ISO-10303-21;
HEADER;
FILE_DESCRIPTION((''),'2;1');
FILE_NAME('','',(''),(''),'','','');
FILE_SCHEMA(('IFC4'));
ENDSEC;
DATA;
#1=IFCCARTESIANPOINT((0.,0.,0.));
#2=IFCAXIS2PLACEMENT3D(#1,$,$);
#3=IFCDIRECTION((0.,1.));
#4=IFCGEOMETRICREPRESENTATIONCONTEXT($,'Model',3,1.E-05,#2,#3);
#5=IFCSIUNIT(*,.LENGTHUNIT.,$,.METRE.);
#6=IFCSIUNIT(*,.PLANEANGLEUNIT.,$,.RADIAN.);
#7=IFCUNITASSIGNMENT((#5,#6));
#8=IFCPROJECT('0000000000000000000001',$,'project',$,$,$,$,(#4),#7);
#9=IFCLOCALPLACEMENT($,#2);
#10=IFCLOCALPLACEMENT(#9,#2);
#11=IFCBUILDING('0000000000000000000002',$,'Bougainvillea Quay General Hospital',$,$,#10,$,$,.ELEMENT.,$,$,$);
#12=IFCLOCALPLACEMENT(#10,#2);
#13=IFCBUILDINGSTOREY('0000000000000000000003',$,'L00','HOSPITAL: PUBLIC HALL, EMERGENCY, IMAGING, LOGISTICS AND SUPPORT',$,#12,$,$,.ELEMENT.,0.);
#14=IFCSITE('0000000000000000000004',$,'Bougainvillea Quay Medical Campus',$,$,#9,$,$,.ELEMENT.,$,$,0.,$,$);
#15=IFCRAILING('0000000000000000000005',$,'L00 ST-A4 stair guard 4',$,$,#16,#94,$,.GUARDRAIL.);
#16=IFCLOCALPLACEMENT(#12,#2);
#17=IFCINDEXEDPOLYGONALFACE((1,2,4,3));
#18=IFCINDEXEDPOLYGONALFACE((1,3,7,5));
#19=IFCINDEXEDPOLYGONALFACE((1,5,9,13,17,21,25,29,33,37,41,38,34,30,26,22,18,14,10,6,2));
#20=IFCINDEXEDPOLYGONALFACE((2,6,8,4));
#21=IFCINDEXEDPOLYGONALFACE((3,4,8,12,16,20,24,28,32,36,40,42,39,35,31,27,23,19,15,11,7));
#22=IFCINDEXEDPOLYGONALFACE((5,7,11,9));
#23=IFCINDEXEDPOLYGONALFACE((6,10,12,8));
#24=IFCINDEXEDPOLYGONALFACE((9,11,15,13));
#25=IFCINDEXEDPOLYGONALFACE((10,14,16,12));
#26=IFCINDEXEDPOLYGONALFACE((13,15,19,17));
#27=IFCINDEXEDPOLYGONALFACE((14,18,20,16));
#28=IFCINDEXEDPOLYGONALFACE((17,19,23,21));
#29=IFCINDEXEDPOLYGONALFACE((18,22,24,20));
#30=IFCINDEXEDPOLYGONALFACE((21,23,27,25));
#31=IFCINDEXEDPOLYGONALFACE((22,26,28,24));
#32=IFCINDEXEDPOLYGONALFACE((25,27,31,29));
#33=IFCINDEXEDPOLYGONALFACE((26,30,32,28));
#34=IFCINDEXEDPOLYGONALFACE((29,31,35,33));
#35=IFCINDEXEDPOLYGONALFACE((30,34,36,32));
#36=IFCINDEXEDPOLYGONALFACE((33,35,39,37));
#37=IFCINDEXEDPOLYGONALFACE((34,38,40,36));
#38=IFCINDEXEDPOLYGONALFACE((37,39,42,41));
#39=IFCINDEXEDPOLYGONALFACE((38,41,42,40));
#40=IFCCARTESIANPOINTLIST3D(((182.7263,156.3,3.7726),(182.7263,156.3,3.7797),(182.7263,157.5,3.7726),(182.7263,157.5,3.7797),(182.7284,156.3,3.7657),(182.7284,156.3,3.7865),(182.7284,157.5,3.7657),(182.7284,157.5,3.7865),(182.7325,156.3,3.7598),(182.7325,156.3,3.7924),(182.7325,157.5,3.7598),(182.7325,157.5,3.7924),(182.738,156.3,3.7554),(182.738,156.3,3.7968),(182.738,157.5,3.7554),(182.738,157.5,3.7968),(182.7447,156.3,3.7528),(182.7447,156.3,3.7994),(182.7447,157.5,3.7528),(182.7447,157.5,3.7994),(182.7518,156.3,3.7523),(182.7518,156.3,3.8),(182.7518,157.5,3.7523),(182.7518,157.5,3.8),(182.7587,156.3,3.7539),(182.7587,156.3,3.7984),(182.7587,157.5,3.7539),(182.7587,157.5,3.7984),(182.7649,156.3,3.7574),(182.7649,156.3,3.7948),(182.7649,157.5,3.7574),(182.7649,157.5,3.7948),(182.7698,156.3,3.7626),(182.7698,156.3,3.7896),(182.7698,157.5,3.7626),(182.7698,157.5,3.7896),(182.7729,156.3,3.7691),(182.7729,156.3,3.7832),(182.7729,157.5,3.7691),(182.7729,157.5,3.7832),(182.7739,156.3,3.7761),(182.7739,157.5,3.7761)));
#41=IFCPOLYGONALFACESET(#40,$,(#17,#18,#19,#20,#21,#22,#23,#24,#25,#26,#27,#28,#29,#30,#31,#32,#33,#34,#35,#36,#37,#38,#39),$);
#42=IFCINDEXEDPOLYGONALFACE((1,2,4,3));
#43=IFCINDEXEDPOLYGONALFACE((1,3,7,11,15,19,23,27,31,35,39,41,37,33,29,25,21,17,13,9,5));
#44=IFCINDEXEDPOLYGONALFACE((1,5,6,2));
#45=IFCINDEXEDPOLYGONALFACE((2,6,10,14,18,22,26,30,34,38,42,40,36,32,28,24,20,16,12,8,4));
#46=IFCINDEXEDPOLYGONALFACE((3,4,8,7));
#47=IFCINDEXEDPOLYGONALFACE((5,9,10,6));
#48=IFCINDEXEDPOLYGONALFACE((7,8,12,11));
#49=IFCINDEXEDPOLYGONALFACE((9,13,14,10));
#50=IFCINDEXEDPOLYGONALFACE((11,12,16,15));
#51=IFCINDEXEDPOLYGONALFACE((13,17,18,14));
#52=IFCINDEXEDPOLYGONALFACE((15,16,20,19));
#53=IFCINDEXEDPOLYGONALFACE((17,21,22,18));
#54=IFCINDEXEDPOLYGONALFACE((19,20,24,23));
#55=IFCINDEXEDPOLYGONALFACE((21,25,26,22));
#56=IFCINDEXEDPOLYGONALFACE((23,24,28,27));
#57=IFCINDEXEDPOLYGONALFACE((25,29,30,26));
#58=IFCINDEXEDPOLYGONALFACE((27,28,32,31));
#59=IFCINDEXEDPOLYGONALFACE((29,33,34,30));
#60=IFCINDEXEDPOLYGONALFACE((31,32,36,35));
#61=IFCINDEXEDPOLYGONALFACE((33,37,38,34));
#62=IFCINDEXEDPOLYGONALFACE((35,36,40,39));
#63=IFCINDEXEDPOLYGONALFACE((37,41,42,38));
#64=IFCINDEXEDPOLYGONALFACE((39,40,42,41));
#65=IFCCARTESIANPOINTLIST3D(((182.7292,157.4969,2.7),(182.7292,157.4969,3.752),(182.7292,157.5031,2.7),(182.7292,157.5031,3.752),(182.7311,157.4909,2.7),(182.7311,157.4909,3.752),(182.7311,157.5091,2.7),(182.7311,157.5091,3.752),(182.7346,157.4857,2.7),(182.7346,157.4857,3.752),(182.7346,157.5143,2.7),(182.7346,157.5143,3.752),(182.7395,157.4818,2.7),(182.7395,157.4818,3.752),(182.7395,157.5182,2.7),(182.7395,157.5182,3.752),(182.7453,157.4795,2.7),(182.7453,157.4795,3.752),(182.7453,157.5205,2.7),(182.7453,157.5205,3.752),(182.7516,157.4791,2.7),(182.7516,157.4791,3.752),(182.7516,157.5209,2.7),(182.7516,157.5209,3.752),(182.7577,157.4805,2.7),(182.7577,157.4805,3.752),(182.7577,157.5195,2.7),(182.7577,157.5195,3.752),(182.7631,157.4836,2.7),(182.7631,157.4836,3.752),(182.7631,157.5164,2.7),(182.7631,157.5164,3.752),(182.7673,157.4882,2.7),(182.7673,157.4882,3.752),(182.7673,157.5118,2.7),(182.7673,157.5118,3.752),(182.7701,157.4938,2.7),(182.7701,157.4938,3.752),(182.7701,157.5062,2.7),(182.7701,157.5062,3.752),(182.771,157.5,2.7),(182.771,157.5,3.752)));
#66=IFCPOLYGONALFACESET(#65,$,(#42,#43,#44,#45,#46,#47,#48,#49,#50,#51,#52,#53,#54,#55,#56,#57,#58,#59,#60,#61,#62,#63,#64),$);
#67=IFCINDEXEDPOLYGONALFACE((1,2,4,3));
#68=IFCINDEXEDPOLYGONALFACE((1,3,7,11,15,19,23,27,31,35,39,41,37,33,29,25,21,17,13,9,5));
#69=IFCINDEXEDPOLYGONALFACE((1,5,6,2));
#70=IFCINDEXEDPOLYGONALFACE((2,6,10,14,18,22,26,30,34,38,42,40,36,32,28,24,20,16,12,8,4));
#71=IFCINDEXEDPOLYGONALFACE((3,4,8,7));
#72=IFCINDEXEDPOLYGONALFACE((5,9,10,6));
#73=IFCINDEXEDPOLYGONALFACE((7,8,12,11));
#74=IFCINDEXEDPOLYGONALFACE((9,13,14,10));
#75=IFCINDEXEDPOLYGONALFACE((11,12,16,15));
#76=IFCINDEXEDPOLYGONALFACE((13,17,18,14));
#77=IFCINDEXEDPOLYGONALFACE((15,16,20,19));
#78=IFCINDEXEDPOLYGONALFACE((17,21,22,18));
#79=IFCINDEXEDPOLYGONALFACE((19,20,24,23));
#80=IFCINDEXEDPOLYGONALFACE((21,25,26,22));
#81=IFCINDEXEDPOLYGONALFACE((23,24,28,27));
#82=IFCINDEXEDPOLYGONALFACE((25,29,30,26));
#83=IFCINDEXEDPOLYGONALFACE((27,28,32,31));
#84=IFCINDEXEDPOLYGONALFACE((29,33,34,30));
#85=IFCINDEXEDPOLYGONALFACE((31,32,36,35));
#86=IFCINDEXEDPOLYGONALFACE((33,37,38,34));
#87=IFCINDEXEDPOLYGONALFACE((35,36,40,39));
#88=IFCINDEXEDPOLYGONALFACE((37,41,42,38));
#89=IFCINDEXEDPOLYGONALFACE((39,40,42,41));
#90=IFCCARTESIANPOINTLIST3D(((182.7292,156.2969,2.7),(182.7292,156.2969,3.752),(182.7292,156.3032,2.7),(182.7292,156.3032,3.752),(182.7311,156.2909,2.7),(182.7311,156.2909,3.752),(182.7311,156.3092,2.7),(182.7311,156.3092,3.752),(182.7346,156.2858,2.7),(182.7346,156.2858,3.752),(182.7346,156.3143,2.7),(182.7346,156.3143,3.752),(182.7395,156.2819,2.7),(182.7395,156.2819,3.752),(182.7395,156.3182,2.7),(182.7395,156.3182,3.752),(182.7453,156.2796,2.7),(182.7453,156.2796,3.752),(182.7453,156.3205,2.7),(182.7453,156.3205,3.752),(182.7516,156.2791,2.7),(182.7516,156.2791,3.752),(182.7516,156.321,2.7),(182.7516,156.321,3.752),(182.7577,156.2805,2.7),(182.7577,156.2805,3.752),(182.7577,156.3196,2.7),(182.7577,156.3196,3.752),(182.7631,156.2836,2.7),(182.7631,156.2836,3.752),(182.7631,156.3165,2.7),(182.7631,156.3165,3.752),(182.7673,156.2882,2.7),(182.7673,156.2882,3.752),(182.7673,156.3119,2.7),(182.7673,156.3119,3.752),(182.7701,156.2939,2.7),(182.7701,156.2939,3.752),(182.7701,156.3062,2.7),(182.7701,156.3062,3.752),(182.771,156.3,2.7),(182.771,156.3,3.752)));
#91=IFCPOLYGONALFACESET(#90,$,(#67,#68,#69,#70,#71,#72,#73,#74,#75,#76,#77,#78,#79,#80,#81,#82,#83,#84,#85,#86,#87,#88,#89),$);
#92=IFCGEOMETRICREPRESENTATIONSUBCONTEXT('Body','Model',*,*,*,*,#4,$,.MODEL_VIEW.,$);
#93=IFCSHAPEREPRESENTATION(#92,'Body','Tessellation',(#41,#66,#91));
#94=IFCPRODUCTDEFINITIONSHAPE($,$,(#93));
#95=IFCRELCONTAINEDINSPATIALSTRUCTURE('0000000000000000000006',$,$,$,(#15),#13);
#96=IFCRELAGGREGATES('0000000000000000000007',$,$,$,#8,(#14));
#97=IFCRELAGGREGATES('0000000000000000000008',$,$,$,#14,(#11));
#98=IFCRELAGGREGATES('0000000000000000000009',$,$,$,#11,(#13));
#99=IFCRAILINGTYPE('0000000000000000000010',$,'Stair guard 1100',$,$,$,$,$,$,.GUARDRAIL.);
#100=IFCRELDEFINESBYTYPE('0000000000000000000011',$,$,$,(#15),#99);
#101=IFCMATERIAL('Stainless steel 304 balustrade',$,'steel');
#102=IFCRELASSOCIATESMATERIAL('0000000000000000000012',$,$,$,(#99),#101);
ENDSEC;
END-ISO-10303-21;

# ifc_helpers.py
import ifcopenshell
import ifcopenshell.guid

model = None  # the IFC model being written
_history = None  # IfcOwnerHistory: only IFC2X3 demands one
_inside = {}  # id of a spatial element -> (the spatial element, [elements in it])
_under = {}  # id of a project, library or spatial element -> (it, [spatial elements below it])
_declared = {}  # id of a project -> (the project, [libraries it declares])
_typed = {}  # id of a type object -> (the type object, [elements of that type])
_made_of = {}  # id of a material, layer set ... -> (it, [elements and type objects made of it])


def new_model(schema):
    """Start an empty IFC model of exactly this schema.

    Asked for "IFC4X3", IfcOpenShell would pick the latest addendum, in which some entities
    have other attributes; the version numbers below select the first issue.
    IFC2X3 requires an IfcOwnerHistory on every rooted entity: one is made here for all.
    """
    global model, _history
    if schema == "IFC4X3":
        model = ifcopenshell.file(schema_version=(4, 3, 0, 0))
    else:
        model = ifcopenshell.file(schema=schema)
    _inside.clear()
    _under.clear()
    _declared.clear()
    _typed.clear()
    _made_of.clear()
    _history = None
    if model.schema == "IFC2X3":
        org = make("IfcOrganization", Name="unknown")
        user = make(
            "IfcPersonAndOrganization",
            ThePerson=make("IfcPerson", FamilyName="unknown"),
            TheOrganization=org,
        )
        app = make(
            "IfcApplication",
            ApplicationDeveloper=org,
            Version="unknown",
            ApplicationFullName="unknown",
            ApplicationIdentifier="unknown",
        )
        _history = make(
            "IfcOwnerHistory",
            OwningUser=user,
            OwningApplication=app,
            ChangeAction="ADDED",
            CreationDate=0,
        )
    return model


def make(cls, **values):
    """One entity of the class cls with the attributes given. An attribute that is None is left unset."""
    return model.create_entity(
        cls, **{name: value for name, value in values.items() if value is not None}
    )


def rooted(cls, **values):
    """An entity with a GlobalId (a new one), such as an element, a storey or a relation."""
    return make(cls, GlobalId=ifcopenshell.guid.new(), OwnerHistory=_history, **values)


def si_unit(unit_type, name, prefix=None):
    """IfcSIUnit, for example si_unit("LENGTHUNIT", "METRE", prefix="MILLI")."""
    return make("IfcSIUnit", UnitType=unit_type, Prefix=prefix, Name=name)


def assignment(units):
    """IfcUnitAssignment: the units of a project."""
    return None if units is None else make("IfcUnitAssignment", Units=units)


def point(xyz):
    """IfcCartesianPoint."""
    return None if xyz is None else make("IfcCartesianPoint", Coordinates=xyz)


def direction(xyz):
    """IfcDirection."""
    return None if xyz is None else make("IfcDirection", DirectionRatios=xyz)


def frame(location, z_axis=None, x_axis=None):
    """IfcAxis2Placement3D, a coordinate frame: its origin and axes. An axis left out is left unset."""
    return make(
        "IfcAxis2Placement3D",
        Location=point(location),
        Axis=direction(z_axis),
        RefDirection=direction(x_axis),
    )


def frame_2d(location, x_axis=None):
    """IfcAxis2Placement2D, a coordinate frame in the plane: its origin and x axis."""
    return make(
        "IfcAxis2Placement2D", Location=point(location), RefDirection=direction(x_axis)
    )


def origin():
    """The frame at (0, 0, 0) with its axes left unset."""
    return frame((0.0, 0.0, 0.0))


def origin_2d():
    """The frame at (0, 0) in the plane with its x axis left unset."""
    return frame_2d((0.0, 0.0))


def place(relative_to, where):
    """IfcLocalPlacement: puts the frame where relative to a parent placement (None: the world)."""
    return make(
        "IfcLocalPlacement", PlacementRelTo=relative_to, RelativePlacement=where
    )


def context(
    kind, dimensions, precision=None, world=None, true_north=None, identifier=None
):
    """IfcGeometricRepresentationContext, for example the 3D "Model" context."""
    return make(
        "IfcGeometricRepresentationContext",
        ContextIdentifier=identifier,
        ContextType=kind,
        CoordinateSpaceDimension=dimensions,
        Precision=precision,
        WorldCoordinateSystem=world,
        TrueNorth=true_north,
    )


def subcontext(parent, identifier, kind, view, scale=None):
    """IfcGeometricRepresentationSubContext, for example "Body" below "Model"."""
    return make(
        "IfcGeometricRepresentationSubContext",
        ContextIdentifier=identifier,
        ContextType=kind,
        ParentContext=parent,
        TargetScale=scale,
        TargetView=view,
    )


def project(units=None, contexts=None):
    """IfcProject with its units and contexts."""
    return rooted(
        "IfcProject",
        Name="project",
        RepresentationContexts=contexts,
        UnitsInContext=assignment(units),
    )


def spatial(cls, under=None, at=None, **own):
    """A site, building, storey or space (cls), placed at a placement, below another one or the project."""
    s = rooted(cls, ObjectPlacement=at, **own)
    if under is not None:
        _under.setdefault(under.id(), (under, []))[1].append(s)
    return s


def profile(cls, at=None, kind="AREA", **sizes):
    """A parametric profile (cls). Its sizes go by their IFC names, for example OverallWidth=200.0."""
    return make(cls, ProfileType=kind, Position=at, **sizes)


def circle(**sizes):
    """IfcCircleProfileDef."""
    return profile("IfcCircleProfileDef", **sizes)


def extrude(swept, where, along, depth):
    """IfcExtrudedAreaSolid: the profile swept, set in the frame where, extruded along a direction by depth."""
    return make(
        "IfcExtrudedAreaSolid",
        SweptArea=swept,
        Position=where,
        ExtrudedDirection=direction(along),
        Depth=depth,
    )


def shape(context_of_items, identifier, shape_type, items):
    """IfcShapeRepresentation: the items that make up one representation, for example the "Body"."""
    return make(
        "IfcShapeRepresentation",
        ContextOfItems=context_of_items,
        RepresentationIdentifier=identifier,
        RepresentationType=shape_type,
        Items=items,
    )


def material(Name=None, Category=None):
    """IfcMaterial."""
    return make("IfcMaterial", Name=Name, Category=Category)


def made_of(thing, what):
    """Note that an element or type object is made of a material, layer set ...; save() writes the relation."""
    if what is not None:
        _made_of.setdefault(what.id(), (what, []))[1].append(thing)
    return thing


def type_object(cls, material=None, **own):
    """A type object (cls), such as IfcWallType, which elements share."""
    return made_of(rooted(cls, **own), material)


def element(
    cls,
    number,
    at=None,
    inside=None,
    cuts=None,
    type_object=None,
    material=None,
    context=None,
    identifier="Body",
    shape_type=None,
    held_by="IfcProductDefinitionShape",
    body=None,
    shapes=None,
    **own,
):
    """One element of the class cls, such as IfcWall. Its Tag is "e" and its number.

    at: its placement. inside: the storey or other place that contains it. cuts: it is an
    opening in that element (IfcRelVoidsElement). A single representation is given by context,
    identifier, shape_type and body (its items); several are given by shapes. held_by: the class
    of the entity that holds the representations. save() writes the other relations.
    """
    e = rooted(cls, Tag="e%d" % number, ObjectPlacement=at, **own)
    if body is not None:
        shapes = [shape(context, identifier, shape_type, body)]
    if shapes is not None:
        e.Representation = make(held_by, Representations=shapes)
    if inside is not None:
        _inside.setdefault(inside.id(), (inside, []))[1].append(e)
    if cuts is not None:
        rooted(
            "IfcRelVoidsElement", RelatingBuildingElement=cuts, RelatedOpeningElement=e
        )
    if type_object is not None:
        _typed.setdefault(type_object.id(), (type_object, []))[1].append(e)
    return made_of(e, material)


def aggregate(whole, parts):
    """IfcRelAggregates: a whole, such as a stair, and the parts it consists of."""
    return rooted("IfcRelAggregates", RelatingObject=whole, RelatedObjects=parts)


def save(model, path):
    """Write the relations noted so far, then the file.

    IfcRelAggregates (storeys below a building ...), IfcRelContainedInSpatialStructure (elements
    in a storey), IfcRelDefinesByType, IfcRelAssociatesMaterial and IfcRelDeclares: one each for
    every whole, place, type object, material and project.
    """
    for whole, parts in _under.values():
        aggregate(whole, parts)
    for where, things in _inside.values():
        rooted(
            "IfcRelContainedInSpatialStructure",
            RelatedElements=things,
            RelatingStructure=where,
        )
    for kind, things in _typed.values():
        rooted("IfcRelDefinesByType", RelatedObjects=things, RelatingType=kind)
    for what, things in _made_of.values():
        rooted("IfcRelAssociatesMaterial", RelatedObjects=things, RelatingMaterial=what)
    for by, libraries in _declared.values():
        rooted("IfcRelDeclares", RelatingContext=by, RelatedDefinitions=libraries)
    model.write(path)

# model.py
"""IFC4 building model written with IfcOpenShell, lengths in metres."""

from ifc_helpers import new_model, si_unit, direction, frame, origin, origin_2d, place, context, subcontext, project, spatial, circle, extrude, material, type_object, element, save


model = new_model("IFC4")

# Units and contexts
model_context = context("Model", 3, precision=1e-05, world=origin(), true_north=direction((0.0, 1.0)))
body_context = subcontext(model_context, "Body", "Model", "MODEL_VIEW")
ifc_project = project(units=[si_unit("LENGTHUNIT", "METRE"), si_unit("PLANEANGLEUNIT", "RADIAN")], contexts=[model_context])

# Site, building, storey
site_placement = place(None, origin())
site = spatial("IfcSite", under=ifc_project, at=site_placement, Name="Bougainvillea Quay Medical Campus", CompositionType="ELEMENT", RefElevation=0.0)
building_placement = place(site_placement, origin())
building = spatial("IfcBuilding", under=site, at=building_placement, Name="Bougainvillea Quay General Hospital", CompositionType="ELEMENT")
storey_placement = place(building_placement, origin())
storey = spatial("IfcBuildingStorey", under=building, at=storey_placement, Name="L00", Description="HOSPITAL: PUBLIC HALL, EMERGENCY, IMAGING, LOGISTICS AND SUPPORT", CompositionType="ELEMENT", Elevation=0.0)

# Railing
ifc_material_1 = material(Name="Stainless steel 304 balustrade", Category="steel")
railing_type_1 = type_object("IfcRailingType", Name="Stair guard 1100", PredefinedType="GUARDRAIL", material=ifc_material_1)
railing_1_placement = place(storey_placement, frame((182.75, 157.5, 2.7)))
element("IfcRailing", 1, at=railing_1_placement, inside=storey, type_object=railing_type_1, Name="L00 ST-A4 stair guard 4", PredefinedType="GUARDRAIL", context=body_context, shape_type="SweptSolid", body=[
    extrude(circle(Radius=0.0239, at=origin_2d()), frame((0.0, 0.0, 1.0762), z_axis=(0.0, -1.0, 0.0), x_axis=(1.0, 0.0, 0.0)), (0.0, 0.0, 1.0), 1.2),
    extrude(circle(Radius=0.021, at=origin_2d()), origin(), (0.0, 0.0, 1.0), 1.052),
    extrude(circle(Radius=0.021, at=origin_2d()), frame((0.0, -1.2, 0.0)), (0.0, 0.0, 1.0), 1.052),
])

save(model, "model.ifc")
